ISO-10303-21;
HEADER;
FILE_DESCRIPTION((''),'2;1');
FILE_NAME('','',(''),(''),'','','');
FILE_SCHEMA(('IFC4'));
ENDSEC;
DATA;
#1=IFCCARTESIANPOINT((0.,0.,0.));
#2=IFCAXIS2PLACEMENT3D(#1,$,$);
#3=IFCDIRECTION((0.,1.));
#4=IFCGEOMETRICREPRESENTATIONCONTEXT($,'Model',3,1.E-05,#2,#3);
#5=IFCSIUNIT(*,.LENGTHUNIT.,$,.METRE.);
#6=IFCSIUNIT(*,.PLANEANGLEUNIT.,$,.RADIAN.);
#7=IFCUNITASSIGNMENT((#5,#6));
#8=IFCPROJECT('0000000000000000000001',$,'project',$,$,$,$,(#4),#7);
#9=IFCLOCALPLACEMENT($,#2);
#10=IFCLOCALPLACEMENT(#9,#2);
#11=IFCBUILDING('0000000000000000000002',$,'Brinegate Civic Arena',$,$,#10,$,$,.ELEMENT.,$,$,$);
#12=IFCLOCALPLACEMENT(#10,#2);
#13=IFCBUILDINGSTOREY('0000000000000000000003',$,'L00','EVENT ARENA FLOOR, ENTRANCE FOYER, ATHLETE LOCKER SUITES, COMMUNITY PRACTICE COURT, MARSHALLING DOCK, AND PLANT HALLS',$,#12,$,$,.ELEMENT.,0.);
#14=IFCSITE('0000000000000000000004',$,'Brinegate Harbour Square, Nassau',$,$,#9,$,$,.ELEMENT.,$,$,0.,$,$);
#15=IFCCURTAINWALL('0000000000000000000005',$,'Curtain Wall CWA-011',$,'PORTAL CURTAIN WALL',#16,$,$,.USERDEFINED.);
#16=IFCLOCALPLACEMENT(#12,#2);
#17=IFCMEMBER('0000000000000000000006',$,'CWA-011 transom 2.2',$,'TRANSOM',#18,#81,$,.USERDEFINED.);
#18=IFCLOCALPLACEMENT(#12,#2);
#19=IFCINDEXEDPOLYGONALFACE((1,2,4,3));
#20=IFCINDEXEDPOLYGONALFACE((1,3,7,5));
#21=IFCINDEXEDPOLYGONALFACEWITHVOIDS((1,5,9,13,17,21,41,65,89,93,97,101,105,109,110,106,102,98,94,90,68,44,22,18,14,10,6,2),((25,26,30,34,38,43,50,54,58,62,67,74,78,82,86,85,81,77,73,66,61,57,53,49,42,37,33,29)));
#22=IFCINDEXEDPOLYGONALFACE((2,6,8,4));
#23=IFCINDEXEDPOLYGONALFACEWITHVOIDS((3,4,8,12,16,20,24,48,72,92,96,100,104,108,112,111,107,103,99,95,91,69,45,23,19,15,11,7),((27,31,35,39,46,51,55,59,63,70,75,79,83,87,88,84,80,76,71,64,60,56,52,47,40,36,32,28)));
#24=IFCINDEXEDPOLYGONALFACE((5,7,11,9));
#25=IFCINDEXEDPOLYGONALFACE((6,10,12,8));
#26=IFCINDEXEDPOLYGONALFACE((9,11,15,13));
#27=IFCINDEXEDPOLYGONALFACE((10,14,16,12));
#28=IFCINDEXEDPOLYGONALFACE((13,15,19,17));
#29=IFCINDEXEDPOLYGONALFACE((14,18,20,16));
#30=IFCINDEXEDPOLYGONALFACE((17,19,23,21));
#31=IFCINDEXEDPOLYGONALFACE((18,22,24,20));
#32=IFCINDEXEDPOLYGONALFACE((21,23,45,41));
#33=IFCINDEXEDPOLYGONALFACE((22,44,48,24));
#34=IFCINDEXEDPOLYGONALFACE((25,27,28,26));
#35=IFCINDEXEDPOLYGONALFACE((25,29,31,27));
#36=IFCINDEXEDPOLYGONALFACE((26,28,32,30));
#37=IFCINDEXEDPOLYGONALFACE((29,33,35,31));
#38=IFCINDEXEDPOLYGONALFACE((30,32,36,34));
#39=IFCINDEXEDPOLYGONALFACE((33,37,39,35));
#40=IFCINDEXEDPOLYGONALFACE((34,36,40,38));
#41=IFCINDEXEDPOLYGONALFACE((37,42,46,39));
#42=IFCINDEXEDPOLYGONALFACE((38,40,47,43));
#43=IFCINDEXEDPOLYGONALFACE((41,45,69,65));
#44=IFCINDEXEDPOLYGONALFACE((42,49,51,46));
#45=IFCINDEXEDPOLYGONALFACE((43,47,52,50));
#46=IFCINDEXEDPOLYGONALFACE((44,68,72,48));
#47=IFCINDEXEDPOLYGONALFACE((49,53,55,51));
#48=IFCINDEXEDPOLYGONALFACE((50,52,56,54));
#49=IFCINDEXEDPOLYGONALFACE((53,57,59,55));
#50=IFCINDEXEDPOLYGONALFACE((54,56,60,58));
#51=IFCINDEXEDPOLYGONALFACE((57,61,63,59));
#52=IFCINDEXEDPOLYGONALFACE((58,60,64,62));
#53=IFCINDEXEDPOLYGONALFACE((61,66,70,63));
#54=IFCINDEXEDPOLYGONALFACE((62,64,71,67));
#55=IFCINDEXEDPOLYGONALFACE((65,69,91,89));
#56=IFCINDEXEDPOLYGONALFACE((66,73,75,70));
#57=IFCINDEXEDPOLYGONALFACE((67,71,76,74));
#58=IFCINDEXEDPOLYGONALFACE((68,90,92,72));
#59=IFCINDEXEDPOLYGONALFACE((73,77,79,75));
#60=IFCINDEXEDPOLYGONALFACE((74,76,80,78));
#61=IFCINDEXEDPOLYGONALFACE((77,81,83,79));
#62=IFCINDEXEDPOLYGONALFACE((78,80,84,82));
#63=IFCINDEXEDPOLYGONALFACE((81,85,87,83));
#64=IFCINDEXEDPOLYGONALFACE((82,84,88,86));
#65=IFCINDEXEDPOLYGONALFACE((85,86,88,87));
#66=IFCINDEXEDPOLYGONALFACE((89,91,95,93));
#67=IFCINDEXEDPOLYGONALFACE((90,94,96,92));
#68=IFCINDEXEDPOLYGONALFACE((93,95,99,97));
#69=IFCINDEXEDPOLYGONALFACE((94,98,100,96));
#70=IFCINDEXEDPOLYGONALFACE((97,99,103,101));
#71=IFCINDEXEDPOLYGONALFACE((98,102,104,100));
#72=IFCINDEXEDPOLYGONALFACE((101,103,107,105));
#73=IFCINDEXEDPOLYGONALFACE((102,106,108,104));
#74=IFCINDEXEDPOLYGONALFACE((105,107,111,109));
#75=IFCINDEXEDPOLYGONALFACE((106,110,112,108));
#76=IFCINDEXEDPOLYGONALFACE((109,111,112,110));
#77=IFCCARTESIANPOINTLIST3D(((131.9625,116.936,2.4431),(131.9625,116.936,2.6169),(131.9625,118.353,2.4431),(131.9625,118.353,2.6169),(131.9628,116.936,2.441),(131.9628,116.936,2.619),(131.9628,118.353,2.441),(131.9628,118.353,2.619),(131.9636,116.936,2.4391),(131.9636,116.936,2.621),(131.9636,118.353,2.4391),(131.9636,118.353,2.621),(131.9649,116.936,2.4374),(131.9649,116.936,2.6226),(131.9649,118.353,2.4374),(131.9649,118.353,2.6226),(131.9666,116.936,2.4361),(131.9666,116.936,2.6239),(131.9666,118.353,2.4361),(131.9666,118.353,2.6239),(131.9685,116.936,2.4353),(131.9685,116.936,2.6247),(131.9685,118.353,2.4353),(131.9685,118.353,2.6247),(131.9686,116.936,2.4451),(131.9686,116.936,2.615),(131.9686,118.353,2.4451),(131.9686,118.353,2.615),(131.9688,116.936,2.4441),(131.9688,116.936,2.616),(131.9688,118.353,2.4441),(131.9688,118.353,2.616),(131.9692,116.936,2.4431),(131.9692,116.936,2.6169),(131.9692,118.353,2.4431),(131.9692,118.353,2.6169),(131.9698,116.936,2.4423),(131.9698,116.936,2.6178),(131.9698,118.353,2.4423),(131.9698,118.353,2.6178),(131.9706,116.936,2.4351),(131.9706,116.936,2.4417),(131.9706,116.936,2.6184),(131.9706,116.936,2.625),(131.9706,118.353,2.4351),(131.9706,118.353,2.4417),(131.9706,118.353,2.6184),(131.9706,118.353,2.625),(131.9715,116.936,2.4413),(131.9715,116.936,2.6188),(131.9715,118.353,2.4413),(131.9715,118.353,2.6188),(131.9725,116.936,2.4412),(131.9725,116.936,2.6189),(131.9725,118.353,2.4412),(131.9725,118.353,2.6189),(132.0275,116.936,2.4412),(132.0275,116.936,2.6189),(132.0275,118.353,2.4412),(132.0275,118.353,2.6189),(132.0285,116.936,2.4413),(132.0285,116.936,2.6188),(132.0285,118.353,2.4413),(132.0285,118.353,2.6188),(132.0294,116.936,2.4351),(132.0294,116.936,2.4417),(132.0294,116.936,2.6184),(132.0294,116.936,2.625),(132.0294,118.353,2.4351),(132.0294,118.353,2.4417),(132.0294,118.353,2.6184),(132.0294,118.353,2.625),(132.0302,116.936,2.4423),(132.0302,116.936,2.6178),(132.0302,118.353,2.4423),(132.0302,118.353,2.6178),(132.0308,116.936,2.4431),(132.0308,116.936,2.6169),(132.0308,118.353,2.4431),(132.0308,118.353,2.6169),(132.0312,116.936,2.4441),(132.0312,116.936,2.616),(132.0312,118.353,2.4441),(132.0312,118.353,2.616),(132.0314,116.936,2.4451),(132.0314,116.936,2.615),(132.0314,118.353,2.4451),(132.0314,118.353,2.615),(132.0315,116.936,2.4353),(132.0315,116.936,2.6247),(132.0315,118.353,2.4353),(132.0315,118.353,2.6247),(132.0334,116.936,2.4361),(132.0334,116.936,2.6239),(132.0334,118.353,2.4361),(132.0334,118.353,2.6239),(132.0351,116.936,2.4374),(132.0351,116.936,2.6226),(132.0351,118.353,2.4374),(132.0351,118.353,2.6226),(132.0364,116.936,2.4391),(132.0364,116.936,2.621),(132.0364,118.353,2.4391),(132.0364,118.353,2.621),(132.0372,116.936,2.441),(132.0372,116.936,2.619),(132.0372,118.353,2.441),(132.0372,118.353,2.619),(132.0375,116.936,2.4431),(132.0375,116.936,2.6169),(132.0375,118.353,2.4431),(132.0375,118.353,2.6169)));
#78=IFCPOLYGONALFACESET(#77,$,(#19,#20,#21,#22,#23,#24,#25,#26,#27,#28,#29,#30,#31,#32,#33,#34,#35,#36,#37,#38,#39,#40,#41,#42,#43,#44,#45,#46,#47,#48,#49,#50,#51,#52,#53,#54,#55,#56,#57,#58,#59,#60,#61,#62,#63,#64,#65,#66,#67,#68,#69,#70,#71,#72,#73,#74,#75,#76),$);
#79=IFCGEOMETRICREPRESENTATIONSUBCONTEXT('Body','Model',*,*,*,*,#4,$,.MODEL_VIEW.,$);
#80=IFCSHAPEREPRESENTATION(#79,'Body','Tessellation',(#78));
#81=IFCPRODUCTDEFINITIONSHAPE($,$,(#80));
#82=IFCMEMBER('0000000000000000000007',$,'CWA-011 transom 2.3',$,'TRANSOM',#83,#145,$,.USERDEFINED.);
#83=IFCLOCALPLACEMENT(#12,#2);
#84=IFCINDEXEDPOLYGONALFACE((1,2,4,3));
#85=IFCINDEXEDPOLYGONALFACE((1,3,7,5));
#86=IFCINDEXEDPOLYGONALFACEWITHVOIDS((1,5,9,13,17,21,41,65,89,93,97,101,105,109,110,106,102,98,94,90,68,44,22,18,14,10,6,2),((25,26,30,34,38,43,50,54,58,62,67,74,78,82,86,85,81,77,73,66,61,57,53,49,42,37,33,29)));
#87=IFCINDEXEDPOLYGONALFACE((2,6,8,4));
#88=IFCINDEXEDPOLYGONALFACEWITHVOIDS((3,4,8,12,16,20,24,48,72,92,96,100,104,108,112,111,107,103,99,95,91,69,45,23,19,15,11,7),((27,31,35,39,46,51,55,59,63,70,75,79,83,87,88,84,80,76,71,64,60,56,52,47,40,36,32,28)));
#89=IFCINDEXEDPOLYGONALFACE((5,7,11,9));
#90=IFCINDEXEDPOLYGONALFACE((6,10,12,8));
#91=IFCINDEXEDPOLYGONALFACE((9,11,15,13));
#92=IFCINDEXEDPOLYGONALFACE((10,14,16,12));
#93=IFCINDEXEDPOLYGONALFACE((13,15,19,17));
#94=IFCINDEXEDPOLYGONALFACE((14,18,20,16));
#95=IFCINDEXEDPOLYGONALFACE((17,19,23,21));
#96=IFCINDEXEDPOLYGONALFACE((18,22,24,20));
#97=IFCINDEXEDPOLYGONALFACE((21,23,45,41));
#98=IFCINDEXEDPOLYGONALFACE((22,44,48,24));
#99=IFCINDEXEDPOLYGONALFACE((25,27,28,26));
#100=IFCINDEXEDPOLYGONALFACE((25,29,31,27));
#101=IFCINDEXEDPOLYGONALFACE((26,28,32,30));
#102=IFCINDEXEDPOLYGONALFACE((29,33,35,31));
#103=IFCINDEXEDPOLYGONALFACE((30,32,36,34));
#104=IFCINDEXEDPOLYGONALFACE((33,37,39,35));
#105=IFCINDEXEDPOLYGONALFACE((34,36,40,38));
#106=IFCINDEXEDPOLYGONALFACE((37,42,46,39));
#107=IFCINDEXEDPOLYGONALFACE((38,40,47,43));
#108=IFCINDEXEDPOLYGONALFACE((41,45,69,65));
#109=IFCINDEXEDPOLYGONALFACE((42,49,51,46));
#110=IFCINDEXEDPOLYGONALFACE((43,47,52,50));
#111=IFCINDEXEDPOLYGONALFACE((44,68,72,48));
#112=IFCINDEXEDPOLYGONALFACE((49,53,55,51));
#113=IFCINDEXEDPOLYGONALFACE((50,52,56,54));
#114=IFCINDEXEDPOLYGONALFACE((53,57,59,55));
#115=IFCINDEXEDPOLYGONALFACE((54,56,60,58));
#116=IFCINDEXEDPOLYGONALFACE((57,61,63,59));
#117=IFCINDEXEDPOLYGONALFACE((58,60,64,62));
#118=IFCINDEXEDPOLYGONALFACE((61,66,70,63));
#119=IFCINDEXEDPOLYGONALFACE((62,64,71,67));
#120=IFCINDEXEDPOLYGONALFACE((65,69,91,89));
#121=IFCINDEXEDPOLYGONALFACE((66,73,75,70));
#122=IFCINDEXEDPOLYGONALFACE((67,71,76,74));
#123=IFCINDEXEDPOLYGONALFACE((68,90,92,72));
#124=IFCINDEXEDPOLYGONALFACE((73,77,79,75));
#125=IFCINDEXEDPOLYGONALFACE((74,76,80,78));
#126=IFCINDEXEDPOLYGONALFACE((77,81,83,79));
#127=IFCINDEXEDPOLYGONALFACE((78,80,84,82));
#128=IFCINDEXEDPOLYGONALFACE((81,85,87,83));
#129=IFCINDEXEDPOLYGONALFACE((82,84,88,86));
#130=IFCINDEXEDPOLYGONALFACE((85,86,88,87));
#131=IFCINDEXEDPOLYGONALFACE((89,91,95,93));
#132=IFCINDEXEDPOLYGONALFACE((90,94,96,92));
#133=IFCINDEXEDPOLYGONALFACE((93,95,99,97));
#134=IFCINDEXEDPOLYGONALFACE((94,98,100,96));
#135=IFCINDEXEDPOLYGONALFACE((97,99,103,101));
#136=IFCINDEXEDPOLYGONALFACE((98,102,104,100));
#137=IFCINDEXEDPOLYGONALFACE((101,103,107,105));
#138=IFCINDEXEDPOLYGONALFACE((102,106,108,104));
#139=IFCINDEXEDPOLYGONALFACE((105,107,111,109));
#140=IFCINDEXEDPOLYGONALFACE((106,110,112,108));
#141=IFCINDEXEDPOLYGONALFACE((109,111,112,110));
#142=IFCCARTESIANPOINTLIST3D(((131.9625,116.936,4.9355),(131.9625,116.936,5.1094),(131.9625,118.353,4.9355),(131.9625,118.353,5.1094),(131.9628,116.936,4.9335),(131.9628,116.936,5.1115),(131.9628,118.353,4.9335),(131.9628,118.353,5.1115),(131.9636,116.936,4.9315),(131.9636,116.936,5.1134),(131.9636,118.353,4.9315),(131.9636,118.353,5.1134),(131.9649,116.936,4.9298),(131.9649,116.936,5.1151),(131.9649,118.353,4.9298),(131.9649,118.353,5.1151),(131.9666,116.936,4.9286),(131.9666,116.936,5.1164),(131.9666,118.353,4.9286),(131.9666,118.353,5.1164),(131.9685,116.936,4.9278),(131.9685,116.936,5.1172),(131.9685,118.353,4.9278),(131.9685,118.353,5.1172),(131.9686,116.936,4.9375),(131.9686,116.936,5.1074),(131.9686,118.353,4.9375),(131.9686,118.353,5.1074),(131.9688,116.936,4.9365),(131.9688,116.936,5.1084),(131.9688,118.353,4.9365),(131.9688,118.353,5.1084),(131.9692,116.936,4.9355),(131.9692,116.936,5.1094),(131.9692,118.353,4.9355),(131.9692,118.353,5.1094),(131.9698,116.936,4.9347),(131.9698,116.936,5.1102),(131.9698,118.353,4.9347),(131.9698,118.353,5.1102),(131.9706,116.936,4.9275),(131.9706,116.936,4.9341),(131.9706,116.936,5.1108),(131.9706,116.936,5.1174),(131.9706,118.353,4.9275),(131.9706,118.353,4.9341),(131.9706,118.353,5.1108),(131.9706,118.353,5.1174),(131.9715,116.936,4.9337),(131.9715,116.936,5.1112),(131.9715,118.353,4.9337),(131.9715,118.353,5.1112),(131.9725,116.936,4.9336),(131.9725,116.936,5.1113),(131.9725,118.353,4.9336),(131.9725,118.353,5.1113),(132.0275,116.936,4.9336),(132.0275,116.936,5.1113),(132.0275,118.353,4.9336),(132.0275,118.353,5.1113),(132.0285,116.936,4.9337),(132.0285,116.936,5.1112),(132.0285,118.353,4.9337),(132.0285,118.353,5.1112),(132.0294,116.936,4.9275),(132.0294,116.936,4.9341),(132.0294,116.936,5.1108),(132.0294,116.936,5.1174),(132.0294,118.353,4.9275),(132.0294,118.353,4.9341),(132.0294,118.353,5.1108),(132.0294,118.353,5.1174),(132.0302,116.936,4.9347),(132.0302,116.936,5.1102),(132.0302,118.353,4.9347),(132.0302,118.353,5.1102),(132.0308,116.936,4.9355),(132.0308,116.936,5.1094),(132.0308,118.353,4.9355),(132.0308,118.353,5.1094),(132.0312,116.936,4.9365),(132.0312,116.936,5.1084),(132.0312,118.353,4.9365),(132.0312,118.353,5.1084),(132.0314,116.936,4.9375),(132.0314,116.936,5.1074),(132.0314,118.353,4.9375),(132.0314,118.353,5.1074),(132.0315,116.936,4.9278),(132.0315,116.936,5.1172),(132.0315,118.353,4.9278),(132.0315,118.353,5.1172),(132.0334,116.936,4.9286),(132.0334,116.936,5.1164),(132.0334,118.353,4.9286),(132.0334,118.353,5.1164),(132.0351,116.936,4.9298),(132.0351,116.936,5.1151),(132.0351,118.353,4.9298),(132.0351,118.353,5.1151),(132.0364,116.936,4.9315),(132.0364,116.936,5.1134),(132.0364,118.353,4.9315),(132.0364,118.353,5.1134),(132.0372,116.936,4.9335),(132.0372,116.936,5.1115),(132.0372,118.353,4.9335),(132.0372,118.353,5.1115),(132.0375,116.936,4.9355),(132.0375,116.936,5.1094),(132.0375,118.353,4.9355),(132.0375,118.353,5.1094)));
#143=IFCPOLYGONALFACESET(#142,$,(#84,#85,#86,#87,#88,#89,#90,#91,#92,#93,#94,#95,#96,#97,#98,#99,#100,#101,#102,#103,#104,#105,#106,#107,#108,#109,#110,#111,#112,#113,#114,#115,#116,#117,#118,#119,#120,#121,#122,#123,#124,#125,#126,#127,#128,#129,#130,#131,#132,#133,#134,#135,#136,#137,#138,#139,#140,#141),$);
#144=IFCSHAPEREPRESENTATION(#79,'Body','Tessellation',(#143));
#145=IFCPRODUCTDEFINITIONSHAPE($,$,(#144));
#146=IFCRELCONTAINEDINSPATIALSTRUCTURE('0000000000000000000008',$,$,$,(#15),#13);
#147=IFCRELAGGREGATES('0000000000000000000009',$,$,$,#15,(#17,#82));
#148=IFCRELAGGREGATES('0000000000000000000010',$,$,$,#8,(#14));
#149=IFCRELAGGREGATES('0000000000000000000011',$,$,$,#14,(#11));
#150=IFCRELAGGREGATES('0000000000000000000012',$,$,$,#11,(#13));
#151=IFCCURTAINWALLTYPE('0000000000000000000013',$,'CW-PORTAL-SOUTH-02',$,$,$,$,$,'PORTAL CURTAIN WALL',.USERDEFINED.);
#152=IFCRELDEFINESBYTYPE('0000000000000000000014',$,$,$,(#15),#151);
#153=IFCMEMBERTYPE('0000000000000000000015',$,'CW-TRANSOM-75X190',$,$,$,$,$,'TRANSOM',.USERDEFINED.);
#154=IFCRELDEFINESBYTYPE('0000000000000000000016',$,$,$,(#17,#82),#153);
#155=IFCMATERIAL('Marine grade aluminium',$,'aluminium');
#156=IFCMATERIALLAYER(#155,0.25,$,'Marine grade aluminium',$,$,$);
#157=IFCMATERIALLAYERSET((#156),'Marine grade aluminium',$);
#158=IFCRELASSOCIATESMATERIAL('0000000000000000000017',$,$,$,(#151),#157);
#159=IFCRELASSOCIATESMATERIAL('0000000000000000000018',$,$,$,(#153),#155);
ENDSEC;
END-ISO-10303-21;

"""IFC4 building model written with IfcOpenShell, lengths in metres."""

from ifc_helpers import new_model, si_unit, direction, frame, origin, origin_2d, place, context, subcontext, project, spatial, hollow_rectangle, extrude, material, layer, layer_set, material_profile, profile_set, type_object, element, aggregate, save


model = new_model("IFC4")

# Units and contexts
model_context = context("Model", 3, precision=1e-05, world=origin(), true_north=direction((0.0, 1.0)))
body_context = subcontext(model_context, "Body", "Model", "MODEL_VIEW")
ifc_project = project(units=[si_unit("LENGTHUNIT", "METRE"), si_unit("PLANEANGLEUNIT", "RADIAN")], contexts=[model_context])

# Site, building, storey
site_placement = place(None, origin())
site = spatial("IfcSite", under=ifc_project, at=site_placement, Name="Brinegate Harbour Square, Nassau", CompositionType="ELEMENT", RefElevation=0.0)
building_placement = place(site_placement, origin())
building = spatial("IfcBuilding", under=site, at=building_placement, Name="Brinegate Civic Arena", CompositionType="ELEMENT")
storey_placement = place(building_placement, origin())
storey = spatial("IfcBuildingStorey", under=building, at=storey_placement, Name="L00", Description="EVENT ARENA FLOOR, ENTRANCE FOYER, ATHLETE LOCKER SUITES, COMMUNITY PRACTICE COURT, MARSHALLING DOCK, AND PLANT HALLS", CompositionType="ELEMENT", Elevation=0.0)

# Curtain wall, members
ifc_material_1 = material(Name="Marine grade aluminium", Category="aluminium")
ifc_layer_1 = layer(ifc_material_1, 0.25, Name="Marine grade aluminium")
ifc_layer_set_1 = layer_set([ifc_layer_1], Name="Marine grade aluminium")
curtain_wall_type = type_object("IfcCurtainWallType", Name="CW-PORTAL-SOUTH-02", ElementType="PORTAL CURTAIN WALL", PredefinedType="USERDEFINED", material=ifc_layer_set_1)
curtain_wall_placement = place(storey_placement, origin())
curtain_wall = element("IfcCurtainWall", 1, at=curtain_wall_placement, inside=storey, type_object=curtain_wall_type, Name="Curtain Wall CWA-011", ObjectType="PORTAL CURTAIN WALL", PredefinedType="USERDEFINED")
ifc_material_profile_1 = material_profile(ifc_material_1, hollow_rectangle(XDim=0.075, YDim=0.1899, WallThickness=0.0061, InnerFilletRadius=0.0039, OuterFilletRadius=0.0081, at=origin_2d()), Name="TRN75X190")
ifc_profile_set_1 = profile_set([ifc_material_profile_1], Name="Marine grade aluminium")
member_type_1 = type_object("IfcMemberType", Name="CW-TRANSOM-75X190", ElementType="TRANSOM", PredefinedType="USERDEFINED", material=ifc_profile_set_1)
member_1_placement = place(storey_placement, frame((132.0, 116.936, 2.53), z_axis=(0.0, 1.0, 0.0), x_axis=(-1.0, 0.0, 0.0)))
member_1 = element("IfcMember", 2, at=member_1_placement, type_object=member_type_1, Name="CWA-011 transom 2.2", ObjectType="TRANSOM", PredefinedType="USERDEFINED", context=body_context, shape_type="SweptSolid", body=[
    extrude(hollow_rectangle(XDim=0.075, YDim=0.1899, WallThickness=0.0061, InnerFilletRadius=0.0039, OuterFilletRadius=0.0081, at=origin_2d()), origin(), (0.0, 0.0, 1.0), 1.417),
])
member_2_placement = place(storey_placement, frame((132.0, 116.936, 5.0225), z_axis=(0.0, 1.0, 0.0), x_axis=(-1.0, 0.0, 0.0)))
member_2 = element("IfcMember", 3, at=member_2_placement, type_object=member_type_1, Name="CWA-011 transom 2.3", ObjectType="TRANSOM", PredefinedType="USERDEFINED", context=body_context, shape_type="SweptSolid", body=[
    extrude(hollow_rectangle(XDim=0.075, YDim=0.1899, WallThickness=0.0061, InnerFilletRadius=0.0039, OuterFilletRadius=0.0081, at=origin_2d()), origin(), (0.0, 0.0, 1.0), 1.417),
])
aggregate(curtain_wall, [member_1, member_2])

save(model, "model.ifc")
